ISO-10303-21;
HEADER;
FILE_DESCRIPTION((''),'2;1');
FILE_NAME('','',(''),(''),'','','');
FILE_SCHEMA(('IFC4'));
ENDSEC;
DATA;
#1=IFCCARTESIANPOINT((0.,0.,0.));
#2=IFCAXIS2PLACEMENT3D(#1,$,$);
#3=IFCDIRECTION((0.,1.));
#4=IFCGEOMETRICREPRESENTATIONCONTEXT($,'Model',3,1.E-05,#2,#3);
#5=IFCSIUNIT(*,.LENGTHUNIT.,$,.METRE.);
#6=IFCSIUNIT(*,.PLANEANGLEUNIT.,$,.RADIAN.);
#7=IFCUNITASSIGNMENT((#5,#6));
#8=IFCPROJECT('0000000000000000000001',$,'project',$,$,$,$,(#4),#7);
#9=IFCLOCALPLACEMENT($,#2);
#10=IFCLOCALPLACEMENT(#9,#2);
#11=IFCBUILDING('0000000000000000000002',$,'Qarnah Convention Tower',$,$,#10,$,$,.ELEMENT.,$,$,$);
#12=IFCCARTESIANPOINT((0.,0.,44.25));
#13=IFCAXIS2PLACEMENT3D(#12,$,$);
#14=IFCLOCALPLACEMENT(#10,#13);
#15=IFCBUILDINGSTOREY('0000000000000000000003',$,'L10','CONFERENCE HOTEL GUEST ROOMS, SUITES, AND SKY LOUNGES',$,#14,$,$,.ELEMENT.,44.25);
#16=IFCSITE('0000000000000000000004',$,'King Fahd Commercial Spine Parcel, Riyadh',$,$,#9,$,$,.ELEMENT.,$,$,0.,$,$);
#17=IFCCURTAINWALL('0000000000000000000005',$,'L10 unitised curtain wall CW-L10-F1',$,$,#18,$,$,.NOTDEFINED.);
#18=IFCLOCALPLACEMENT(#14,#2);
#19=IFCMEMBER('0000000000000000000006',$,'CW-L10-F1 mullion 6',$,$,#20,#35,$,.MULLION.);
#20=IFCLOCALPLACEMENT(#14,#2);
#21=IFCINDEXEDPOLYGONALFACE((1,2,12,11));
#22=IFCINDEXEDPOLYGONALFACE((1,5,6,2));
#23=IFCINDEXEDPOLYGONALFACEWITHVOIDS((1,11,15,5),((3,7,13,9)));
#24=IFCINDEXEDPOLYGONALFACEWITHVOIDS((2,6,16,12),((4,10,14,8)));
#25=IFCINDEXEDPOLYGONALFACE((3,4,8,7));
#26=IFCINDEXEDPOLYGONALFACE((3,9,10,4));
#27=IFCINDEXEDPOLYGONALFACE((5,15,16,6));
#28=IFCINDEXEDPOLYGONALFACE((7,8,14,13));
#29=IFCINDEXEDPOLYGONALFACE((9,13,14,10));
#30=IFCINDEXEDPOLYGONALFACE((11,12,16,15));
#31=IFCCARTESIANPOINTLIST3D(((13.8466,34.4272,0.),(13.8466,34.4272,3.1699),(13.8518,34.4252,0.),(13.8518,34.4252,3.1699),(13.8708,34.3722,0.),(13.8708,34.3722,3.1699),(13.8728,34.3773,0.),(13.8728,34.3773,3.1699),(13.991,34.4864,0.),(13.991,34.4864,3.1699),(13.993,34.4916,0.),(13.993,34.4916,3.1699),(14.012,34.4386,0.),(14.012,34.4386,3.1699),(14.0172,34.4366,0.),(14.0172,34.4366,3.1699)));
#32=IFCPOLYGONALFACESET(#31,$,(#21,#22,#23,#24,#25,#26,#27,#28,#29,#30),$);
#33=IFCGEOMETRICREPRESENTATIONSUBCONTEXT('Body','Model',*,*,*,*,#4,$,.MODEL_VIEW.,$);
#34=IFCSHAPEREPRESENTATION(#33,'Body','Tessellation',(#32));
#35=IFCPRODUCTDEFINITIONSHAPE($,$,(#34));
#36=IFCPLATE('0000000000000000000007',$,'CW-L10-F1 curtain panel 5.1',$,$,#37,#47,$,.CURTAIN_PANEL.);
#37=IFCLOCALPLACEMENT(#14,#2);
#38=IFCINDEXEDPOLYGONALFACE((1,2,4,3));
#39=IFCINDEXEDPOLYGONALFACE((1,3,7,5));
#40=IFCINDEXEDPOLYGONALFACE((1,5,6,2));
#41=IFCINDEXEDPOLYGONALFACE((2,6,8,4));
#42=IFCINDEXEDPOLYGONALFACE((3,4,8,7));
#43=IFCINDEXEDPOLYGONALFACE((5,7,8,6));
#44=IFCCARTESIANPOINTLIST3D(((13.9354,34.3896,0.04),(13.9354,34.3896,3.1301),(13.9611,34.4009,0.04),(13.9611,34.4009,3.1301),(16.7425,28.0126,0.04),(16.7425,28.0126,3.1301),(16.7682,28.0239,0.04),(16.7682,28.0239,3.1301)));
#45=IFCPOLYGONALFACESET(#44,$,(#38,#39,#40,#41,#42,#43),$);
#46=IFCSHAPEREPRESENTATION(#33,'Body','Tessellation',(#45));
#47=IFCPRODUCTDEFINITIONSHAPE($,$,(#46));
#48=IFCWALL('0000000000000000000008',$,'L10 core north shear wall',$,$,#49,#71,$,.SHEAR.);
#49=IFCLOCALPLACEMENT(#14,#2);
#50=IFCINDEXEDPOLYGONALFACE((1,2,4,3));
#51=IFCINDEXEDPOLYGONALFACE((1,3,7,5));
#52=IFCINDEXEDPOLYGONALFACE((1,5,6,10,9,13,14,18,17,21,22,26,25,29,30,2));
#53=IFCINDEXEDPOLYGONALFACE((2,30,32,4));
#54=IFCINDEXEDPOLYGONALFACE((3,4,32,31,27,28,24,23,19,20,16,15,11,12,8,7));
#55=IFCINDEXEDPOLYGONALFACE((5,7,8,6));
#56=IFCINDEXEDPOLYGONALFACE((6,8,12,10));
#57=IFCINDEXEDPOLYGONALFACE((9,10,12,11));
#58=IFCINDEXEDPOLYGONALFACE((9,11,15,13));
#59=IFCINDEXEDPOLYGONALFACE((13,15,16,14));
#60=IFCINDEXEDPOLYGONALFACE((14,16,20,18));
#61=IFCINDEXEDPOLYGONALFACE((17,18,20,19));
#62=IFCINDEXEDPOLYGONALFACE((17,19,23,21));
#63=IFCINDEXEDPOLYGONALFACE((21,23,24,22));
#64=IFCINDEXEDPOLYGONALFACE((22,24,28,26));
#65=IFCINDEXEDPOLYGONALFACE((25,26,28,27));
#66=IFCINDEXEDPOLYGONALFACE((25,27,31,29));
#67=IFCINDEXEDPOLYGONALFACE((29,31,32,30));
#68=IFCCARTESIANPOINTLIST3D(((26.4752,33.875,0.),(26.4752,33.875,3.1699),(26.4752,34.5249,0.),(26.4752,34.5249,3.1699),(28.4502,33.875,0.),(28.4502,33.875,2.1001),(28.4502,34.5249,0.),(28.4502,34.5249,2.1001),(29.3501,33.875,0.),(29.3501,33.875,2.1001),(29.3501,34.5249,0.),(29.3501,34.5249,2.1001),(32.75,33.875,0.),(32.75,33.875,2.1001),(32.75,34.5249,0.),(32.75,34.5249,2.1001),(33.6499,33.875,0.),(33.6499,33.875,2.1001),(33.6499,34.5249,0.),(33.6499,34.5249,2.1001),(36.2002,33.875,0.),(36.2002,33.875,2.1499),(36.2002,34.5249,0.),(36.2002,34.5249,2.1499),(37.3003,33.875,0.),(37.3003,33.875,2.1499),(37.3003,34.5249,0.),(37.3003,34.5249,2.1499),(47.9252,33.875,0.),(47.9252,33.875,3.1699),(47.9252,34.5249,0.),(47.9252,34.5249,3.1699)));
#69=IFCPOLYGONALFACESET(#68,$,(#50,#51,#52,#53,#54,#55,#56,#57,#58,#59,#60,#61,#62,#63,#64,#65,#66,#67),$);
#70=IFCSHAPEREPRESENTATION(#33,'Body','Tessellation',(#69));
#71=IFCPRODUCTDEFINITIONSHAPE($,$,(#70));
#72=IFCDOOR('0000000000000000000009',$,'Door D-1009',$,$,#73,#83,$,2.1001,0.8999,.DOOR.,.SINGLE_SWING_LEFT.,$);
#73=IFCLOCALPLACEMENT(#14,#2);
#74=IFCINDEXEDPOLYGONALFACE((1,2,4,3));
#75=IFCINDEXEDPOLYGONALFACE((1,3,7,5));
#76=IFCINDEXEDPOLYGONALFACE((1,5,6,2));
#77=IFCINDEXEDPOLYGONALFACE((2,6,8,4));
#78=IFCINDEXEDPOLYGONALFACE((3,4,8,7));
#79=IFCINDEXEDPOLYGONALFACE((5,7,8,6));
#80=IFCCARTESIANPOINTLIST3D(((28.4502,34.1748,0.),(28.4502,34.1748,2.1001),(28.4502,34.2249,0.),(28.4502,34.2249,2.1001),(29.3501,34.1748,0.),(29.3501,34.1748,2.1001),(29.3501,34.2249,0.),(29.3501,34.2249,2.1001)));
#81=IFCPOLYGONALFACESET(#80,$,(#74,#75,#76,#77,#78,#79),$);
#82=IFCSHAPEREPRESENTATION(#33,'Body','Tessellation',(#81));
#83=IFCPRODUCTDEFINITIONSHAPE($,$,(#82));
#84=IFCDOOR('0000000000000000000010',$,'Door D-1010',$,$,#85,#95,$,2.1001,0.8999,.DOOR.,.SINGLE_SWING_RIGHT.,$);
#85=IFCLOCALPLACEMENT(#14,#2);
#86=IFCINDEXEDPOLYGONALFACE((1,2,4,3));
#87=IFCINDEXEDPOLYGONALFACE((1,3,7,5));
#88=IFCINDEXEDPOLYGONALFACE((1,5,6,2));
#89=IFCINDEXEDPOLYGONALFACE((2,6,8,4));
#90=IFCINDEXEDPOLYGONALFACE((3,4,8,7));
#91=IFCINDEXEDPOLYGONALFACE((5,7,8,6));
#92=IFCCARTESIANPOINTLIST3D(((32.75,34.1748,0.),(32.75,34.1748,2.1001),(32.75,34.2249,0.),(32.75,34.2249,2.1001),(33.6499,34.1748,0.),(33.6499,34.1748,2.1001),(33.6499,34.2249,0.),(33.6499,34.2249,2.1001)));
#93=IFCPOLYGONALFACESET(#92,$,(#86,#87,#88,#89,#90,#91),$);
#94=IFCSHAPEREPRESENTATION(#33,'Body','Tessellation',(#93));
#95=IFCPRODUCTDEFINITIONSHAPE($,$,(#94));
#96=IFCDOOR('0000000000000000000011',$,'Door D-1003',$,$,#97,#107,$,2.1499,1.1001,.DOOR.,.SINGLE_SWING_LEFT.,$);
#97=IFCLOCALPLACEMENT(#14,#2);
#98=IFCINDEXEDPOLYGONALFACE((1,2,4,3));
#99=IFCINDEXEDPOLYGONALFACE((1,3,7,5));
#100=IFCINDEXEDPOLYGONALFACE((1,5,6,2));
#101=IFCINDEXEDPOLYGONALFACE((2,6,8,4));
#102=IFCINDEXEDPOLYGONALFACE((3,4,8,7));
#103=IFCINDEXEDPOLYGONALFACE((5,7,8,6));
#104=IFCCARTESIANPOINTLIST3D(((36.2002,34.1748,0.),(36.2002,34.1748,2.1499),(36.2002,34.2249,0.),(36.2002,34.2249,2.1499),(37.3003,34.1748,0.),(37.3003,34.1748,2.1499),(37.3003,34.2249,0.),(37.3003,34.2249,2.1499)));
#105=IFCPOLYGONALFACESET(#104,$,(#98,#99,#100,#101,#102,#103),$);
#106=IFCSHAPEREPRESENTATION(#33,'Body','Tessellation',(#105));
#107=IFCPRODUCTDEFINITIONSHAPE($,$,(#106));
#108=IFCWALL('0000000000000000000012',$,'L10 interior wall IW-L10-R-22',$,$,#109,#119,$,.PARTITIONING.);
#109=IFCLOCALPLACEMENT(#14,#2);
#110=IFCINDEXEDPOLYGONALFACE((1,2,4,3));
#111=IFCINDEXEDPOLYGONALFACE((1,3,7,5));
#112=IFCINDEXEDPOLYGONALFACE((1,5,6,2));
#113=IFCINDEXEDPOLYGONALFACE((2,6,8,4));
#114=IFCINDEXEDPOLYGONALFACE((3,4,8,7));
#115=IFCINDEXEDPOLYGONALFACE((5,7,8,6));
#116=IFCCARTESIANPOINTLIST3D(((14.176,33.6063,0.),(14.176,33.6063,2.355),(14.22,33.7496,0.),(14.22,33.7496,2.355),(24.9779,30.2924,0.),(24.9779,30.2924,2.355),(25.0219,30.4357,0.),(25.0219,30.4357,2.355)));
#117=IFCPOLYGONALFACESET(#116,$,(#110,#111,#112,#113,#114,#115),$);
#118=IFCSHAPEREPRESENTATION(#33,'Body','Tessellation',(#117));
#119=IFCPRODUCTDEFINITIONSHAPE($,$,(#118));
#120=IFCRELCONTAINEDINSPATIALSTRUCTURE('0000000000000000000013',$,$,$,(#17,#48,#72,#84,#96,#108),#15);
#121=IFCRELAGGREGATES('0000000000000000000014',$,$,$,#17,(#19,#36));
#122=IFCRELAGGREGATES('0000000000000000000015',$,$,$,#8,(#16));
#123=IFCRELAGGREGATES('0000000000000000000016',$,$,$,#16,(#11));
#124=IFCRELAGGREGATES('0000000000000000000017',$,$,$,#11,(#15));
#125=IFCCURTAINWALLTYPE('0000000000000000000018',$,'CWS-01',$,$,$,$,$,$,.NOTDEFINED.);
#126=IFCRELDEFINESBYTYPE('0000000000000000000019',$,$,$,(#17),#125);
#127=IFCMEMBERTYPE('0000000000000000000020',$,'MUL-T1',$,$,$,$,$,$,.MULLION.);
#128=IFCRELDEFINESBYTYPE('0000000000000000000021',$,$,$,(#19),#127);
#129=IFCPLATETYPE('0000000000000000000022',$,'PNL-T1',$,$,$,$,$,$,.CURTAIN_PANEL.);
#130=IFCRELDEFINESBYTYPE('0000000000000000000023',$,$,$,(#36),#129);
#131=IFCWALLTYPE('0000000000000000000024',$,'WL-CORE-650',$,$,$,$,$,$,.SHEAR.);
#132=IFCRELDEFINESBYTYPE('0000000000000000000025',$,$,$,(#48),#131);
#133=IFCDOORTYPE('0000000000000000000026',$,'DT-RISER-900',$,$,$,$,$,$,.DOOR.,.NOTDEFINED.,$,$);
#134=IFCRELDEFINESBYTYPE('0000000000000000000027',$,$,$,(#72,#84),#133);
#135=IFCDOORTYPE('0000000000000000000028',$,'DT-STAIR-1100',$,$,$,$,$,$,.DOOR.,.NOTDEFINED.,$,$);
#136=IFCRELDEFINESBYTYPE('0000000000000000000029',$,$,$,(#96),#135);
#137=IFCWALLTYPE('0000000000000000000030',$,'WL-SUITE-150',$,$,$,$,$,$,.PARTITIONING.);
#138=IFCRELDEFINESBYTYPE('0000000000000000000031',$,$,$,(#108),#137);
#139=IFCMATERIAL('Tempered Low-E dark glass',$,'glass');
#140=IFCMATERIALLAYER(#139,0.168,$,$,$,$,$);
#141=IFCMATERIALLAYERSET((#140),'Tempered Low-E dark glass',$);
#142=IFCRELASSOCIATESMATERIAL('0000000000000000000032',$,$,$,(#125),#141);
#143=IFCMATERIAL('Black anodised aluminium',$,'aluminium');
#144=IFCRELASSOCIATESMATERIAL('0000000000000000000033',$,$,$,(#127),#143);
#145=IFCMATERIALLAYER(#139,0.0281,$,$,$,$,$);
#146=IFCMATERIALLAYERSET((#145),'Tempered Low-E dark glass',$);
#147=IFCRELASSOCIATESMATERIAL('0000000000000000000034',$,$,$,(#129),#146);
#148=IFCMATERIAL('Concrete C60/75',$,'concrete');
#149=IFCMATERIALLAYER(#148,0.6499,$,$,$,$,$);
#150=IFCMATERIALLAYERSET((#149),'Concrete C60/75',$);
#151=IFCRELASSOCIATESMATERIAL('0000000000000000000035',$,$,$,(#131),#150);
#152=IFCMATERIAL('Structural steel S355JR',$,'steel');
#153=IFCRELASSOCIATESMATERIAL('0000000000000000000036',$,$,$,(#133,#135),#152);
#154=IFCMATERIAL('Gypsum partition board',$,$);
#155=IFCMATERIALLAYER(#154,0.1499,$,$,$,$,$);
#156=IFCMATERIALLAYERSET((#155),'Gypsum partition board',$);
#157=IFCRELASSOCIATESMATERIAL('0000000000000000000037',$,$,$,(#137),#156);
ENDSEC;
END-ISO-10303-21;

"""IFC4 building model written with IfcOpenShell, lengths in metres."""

from ifc_helpers import new_model, si_unit, direction, frame, frame_2d, origin, origin_2d, place, context, subcontext, project, spatial, rectangle, hollow_rectangle, extrude, material, layer, layer_set, material_profile, profile_set, type_object, element, fill, aggregate, save


model = new_model("IFC4")

# Units and contexts
model_context = context("Model", 3, precision=1e-05, world=origin(), true_north=direction((0.0, 1.0)))
body_context = subcontext(model_context, "Body", "Model", "MODEL_VIEW")
ifc_project = project(units=[si_unit("LENGTHUNIT", "METRE"), si_unit("PLANEANGLEUNIT", "RADIAN")], contexts=[model_context])

# Site, building, storey
site_placement = place(None, origin())
site = spatial("IfcSite", under=ifc_project, at=site_placement, Name="King Fahd Commercial Spine Parcel, Riyadh", CompositionType="ELEMENT", RefElevation=0.0)
building_placement = place(site_placement, origin())
building = spatial("IfcBuilding", under=site, at=building_placement, Name="Qarnah Convention Tower", CompositionType="ELEMENT")
storey_placement = place(building_placement, frame((0.0, 0.0, 44.25)))
storey = spatial("IfcBuildingStorey", under=building, at=storey_placement, Name="L10", Description="CONFERENCE HOTEL GUEST ROOMS, SUITES, AND SKY LOUNGES", CompositionType="ELEMENT", Elevation=44.25)

# Shared definitions
ifc_material_1 = material(Name="Concrete C60/75", Category="concrete")

# Shared definitions
ifc_material_2 = material(Name="Structural steel S355JR", Category="steel")

# Curtain wall, member, plate
ifc_material_3 = material(Name="Tempered Low-E dark glass", Category="glass")
ifc_layer_1 = layer(ifc_material_3, 0.168)
ifc_layer_set_1 = layer_set([ifc_layer_1], Name="Tempered Low-E dark glass")
curtain_wall_type = type_object("IfcCurtainWallType", Name="CWS-01", PredefinedType="NOTDEFINED", material=ifc_layer_set_1)
curtain_wall_placement = place(storey_placement, origin())
curtain_wall = element("IfcCurtainWall", 1, at=curtain_wall_placement, inside=storey, type_object=curtain_wall_type, Name="L10 unitised curtain wall CW-L10-F1", PredefinedType="NOTDEFINED")
ifc_material_4 = material(Name="Black anodised aluminium", Category="aluminium")
ifc_material_profile_1 = material_profile(ifc_material_4, hollow_rectangle(XDim=0.0601, YDim=0.1599, WallThickness=0.0039, at=origin_2d()), Name="MUL-60X160")
ifc_profile_set_1 = profile_set([ifc_material_profile_1], Name="Black anodised aluminium")
member_type = type_object("IfcMemberType", Name="MUL-T1", PredefinedType="MULLION", material=ifc_profile_set_1)
member_1_placement = place(storey_placement, frame((13.9319, 34.4319, 0.0), z_axis=(0.0, 0.0, 1.0), x_axis=(-0.402895, 0.915246, 0.0)))
member_1 = element("IfcMember", 2, at=member_1_placement, type_object=member_type, Name="CW-L10-F1 mullion 6", PredefinedType="MULLION", context=body_context, shape_type="SweptSolid", body=[
    extrude(hollow_rectangle(XDim=0.0601, YDim=0.1599, WallThickness=0.0039, at=origin_2d()), origin(), (0.0, 0.0, 1.0), 3.1699),
])
ifc_layer_2 = layer(ifc_material_3, 0.0281)
ifc_layer_set_2 = layer_set([ifc_layer_2], Name="Tempered Low-E dark glass")
plate_type = type_object("IfcPlateType", Name="PNL-T1", PredefinedType="CURTAIN_PANEL", material=ifc_layer_set_2)
plate_placement = place(storey_placement, frame((15.3518, 31.2068, 0.04), z_axis=(0.0, 0.0, 1.0), x_axis=(-0.402895, 0.915246, 0.0)))
plate = element("IfcPlate", 3, at=plate_placement, type_object=plate_type, Name="CW-L10-F1 curtain panel 5.1", PredefinedType="CURTAIN_PANEL", context=body_context, shape_type="SweptSolid", body=[
    extrude(rectangle(XDim=6.9675, YDim=0.0281, at=origin_2d()), origin(), (0.0, 0.0, 1.0), 3.0901),
])
aggregate(curtain_wall, [member_1, plate])

# Wall, openings, doors
ifc_layer_3 = layer(ifc_material_1, 0.6499)
ifc_layer_set_3 = layer_set([ifc_layer_3], Name="Concrete C60/75")
wall_type_1 = type_object("IfcWallType", Name="WL-CORE-650", PredefinedType="SHEAR", material=ifc_layer_set_3)
wall_1_placement = place(storey_placement, frame((26.4751, 34.2, 0.0), z_axis=(0.0, 0.0, 1.0), x_axis=(1.0, 0.0, 0.0)))
wall_1 = element("IfcWall", 4, at=wall_1_placement, inside=storey, type_object=wall_type_1, Name="L10 core north shear wall", PredefinedType="SHEAR", context=body_context, shape_type="SweptSolid", body=[
    extrude(rectangle(XDim=21.45, YDim=0.6499, at=frame_2d((10.7251, 0.0))), origin(), (0.0, 0.0, 1.0), 3.1699),
])
opening_1_placement = place(wall_1_placement, frame((9.7251, 0.0, 0.0)))
opening_1 = element("IfcOpeningElement", 5, at=opening_1_placement, cuts=wall_1, PredefinedType="OPENING", context=body_context, shape_type="SweptSolid", body=[
    extrude(rectangle(XDim=1.1001, YDim=2.1499, at=frame_2d((0.55, 1.075))), frame((0.0, 0.335, 0.0), z_axis=(0.0, -1.0, 0.0), x_axis=(1.0, 0.0, 0.0)), (0.0, 0.0, 1.0), 0.6699),
])
opening_2_placement = place(wall_1_placement, frame((1.9751, 0.0, 0.0)))
opening_2 = element("IfcOpeningElement", 6, at=opening_2_placement, cuts=wall_1, PredefinedType="OPENING", context=body_context, shape_type="SweptSolid", body=[
    extrude(rectangle(XDim=0.8999, YDim=2.1001, at=frame_2d((0.45, 1.05))), frame((0.0, 0.335, 0.0), z_axis=(0.0, -1.0, 0.0), x_axis=(1.0, 0.0, 0.0)), (0.0, 0.0, 1.0), 0.6699),
])
opening_3_placement = place(wall_1_placement, frame((6.2749, 0.0, 0.0)))
opening_3 = element("IfcOpeningElement", 7, at=opening_3_placement, cuts=wall_1, PredefinedType="OPENING", context=body_context, shape_type="SweptSolid", body=[
    extrude(rectangle(XDim=0.8999, YDim=2.1001, at=frame_2d((0.45, 1.05))), frame((0.0, 0.335, 0.0), z_axis=(0.0, -1.0, 0.0), x_axis=(1.0, 0.0, 0.0)), (0.0, 0.0, 1.0), 0.6699),
])
door_type_1 = type_object("IfcDoorType", Name="DT-RISER-900", OperationType="NOTDEFINED", PredefinedType="DOOR", material=ifc_material_2)
door_1_placement = place(opening_2_placement, origin())
door_1 = element("IfcDoor", 8, at=door_1_placement, inside=storey, type_object=door_type_1, Name="Door D-1009", OperationType="SINGLE_SWING_LEFT", OverallHeight=2.1001, OverallWidth=0.8999, PredefinedType="DOOR", context=body_context, shape_type="SweptSolid", body=[
    extrude(rectangle(XDim=0.8999, YDim=2.1001, at=frame_2d((0.45, 1.05))), frame((0.0, 0.0249, 0.0), z_axis=(0.0, -1.0, 0.0), x_axis=(1.0, 0.0, 0.0)), (0.0, 0.0, 1.0), 0.05),
])
fill(opening_2, door_1)
door_2_placement = place(opening_3_placement, origin())
door_2 = element("IfcDoor", 9, at=door_2_placement, inside=storey, type_object=door_type_1, Name="Door D-1010", OperationType="SINGLE_SWING_RIGHT", OverallHeight=2.1001, OverallWidth=0.8999, PredefinedType="DOOR", context=body_context, shape_type="SweptSolid", body=[
    extrude(rectangle(XDim=0.8999, YDim=2.1001, at=frame_2d((0.45, 1.05))), frame((0.0, 0.0249, 0.0), z_axis=(0.0, -1.0, 0.0), x_axis=(1.0, 0.0, 0.0)), (0.0, 0.0, 1.0), 0.05),
])
fill(opening_3, door_2)
door_type_2 = type_object("IfcDoorType", Name="DT-STAIR-1100", OperationType="NOTDEFINED", PredefinedType="DOOR", material=ifc_material_2)
door_3_placement = place(opening_1_placement, origin())
door_3 = element("IfcDoor", 10, at=door_3_placement, inside=storey, type_object=door_type_2, Name="Door D-1003", OperationType="SINGLE_SWING_LEFT", OverallHeight=2.1499, OverallWidth=1.1001, PredefinedType="DOOR", context=body_context, shape_type="SweptSolid", body=[
    extrude(rectangle(XDim=1.1001, YDim=2.1499, at=frame_2d((0.55, 1.075))), frame((0.0, 0.0249, 0.0), z_axis=(0.0, -1.0, 0.0), x_axis=(1.0, 0.0, 0.0)), (0.0, 0.0, 1.0), 0.05),
])
fill(opening_1, door_3)

# Wall
ifc_material_5 = material(Name="Gypsum partition board")
ifc_layer_4 = layer(ifc_material_5, 0.1499)
ifc_layer_set_4 = layer_set([ifc_layer_4], Name="Gypsum partition board")
wall_type_2 = type_object("IfcWallType", Name="WL-SUITE-150", PredefinedType="PARTITIONING", material=ifc_layer_set_4)
wall_2_placement = place(storey_placement, frame((14.198, 33.678, 0.0), z_axis=(0.0, 0.0, 1.0), x_axis=(0.956021, -0.293299, 0.0)))
element("IfcWall", 11, at=wall_2_placement, inside=storey, type_object=wall_type_2, Name="L10 interior wall IW-L10-R-22", PredefinedType="PARTITIONING", context=body_context, shape_type="SweptSolid", body=[
    extrude(rectangle(XDim=11.2988, YDim=0.1499, at=frame_2d((5.6494, 0.0))), origin(), (0.0, 0.0, 1.0), 2.355),
])

save(model, "model.ifc")
